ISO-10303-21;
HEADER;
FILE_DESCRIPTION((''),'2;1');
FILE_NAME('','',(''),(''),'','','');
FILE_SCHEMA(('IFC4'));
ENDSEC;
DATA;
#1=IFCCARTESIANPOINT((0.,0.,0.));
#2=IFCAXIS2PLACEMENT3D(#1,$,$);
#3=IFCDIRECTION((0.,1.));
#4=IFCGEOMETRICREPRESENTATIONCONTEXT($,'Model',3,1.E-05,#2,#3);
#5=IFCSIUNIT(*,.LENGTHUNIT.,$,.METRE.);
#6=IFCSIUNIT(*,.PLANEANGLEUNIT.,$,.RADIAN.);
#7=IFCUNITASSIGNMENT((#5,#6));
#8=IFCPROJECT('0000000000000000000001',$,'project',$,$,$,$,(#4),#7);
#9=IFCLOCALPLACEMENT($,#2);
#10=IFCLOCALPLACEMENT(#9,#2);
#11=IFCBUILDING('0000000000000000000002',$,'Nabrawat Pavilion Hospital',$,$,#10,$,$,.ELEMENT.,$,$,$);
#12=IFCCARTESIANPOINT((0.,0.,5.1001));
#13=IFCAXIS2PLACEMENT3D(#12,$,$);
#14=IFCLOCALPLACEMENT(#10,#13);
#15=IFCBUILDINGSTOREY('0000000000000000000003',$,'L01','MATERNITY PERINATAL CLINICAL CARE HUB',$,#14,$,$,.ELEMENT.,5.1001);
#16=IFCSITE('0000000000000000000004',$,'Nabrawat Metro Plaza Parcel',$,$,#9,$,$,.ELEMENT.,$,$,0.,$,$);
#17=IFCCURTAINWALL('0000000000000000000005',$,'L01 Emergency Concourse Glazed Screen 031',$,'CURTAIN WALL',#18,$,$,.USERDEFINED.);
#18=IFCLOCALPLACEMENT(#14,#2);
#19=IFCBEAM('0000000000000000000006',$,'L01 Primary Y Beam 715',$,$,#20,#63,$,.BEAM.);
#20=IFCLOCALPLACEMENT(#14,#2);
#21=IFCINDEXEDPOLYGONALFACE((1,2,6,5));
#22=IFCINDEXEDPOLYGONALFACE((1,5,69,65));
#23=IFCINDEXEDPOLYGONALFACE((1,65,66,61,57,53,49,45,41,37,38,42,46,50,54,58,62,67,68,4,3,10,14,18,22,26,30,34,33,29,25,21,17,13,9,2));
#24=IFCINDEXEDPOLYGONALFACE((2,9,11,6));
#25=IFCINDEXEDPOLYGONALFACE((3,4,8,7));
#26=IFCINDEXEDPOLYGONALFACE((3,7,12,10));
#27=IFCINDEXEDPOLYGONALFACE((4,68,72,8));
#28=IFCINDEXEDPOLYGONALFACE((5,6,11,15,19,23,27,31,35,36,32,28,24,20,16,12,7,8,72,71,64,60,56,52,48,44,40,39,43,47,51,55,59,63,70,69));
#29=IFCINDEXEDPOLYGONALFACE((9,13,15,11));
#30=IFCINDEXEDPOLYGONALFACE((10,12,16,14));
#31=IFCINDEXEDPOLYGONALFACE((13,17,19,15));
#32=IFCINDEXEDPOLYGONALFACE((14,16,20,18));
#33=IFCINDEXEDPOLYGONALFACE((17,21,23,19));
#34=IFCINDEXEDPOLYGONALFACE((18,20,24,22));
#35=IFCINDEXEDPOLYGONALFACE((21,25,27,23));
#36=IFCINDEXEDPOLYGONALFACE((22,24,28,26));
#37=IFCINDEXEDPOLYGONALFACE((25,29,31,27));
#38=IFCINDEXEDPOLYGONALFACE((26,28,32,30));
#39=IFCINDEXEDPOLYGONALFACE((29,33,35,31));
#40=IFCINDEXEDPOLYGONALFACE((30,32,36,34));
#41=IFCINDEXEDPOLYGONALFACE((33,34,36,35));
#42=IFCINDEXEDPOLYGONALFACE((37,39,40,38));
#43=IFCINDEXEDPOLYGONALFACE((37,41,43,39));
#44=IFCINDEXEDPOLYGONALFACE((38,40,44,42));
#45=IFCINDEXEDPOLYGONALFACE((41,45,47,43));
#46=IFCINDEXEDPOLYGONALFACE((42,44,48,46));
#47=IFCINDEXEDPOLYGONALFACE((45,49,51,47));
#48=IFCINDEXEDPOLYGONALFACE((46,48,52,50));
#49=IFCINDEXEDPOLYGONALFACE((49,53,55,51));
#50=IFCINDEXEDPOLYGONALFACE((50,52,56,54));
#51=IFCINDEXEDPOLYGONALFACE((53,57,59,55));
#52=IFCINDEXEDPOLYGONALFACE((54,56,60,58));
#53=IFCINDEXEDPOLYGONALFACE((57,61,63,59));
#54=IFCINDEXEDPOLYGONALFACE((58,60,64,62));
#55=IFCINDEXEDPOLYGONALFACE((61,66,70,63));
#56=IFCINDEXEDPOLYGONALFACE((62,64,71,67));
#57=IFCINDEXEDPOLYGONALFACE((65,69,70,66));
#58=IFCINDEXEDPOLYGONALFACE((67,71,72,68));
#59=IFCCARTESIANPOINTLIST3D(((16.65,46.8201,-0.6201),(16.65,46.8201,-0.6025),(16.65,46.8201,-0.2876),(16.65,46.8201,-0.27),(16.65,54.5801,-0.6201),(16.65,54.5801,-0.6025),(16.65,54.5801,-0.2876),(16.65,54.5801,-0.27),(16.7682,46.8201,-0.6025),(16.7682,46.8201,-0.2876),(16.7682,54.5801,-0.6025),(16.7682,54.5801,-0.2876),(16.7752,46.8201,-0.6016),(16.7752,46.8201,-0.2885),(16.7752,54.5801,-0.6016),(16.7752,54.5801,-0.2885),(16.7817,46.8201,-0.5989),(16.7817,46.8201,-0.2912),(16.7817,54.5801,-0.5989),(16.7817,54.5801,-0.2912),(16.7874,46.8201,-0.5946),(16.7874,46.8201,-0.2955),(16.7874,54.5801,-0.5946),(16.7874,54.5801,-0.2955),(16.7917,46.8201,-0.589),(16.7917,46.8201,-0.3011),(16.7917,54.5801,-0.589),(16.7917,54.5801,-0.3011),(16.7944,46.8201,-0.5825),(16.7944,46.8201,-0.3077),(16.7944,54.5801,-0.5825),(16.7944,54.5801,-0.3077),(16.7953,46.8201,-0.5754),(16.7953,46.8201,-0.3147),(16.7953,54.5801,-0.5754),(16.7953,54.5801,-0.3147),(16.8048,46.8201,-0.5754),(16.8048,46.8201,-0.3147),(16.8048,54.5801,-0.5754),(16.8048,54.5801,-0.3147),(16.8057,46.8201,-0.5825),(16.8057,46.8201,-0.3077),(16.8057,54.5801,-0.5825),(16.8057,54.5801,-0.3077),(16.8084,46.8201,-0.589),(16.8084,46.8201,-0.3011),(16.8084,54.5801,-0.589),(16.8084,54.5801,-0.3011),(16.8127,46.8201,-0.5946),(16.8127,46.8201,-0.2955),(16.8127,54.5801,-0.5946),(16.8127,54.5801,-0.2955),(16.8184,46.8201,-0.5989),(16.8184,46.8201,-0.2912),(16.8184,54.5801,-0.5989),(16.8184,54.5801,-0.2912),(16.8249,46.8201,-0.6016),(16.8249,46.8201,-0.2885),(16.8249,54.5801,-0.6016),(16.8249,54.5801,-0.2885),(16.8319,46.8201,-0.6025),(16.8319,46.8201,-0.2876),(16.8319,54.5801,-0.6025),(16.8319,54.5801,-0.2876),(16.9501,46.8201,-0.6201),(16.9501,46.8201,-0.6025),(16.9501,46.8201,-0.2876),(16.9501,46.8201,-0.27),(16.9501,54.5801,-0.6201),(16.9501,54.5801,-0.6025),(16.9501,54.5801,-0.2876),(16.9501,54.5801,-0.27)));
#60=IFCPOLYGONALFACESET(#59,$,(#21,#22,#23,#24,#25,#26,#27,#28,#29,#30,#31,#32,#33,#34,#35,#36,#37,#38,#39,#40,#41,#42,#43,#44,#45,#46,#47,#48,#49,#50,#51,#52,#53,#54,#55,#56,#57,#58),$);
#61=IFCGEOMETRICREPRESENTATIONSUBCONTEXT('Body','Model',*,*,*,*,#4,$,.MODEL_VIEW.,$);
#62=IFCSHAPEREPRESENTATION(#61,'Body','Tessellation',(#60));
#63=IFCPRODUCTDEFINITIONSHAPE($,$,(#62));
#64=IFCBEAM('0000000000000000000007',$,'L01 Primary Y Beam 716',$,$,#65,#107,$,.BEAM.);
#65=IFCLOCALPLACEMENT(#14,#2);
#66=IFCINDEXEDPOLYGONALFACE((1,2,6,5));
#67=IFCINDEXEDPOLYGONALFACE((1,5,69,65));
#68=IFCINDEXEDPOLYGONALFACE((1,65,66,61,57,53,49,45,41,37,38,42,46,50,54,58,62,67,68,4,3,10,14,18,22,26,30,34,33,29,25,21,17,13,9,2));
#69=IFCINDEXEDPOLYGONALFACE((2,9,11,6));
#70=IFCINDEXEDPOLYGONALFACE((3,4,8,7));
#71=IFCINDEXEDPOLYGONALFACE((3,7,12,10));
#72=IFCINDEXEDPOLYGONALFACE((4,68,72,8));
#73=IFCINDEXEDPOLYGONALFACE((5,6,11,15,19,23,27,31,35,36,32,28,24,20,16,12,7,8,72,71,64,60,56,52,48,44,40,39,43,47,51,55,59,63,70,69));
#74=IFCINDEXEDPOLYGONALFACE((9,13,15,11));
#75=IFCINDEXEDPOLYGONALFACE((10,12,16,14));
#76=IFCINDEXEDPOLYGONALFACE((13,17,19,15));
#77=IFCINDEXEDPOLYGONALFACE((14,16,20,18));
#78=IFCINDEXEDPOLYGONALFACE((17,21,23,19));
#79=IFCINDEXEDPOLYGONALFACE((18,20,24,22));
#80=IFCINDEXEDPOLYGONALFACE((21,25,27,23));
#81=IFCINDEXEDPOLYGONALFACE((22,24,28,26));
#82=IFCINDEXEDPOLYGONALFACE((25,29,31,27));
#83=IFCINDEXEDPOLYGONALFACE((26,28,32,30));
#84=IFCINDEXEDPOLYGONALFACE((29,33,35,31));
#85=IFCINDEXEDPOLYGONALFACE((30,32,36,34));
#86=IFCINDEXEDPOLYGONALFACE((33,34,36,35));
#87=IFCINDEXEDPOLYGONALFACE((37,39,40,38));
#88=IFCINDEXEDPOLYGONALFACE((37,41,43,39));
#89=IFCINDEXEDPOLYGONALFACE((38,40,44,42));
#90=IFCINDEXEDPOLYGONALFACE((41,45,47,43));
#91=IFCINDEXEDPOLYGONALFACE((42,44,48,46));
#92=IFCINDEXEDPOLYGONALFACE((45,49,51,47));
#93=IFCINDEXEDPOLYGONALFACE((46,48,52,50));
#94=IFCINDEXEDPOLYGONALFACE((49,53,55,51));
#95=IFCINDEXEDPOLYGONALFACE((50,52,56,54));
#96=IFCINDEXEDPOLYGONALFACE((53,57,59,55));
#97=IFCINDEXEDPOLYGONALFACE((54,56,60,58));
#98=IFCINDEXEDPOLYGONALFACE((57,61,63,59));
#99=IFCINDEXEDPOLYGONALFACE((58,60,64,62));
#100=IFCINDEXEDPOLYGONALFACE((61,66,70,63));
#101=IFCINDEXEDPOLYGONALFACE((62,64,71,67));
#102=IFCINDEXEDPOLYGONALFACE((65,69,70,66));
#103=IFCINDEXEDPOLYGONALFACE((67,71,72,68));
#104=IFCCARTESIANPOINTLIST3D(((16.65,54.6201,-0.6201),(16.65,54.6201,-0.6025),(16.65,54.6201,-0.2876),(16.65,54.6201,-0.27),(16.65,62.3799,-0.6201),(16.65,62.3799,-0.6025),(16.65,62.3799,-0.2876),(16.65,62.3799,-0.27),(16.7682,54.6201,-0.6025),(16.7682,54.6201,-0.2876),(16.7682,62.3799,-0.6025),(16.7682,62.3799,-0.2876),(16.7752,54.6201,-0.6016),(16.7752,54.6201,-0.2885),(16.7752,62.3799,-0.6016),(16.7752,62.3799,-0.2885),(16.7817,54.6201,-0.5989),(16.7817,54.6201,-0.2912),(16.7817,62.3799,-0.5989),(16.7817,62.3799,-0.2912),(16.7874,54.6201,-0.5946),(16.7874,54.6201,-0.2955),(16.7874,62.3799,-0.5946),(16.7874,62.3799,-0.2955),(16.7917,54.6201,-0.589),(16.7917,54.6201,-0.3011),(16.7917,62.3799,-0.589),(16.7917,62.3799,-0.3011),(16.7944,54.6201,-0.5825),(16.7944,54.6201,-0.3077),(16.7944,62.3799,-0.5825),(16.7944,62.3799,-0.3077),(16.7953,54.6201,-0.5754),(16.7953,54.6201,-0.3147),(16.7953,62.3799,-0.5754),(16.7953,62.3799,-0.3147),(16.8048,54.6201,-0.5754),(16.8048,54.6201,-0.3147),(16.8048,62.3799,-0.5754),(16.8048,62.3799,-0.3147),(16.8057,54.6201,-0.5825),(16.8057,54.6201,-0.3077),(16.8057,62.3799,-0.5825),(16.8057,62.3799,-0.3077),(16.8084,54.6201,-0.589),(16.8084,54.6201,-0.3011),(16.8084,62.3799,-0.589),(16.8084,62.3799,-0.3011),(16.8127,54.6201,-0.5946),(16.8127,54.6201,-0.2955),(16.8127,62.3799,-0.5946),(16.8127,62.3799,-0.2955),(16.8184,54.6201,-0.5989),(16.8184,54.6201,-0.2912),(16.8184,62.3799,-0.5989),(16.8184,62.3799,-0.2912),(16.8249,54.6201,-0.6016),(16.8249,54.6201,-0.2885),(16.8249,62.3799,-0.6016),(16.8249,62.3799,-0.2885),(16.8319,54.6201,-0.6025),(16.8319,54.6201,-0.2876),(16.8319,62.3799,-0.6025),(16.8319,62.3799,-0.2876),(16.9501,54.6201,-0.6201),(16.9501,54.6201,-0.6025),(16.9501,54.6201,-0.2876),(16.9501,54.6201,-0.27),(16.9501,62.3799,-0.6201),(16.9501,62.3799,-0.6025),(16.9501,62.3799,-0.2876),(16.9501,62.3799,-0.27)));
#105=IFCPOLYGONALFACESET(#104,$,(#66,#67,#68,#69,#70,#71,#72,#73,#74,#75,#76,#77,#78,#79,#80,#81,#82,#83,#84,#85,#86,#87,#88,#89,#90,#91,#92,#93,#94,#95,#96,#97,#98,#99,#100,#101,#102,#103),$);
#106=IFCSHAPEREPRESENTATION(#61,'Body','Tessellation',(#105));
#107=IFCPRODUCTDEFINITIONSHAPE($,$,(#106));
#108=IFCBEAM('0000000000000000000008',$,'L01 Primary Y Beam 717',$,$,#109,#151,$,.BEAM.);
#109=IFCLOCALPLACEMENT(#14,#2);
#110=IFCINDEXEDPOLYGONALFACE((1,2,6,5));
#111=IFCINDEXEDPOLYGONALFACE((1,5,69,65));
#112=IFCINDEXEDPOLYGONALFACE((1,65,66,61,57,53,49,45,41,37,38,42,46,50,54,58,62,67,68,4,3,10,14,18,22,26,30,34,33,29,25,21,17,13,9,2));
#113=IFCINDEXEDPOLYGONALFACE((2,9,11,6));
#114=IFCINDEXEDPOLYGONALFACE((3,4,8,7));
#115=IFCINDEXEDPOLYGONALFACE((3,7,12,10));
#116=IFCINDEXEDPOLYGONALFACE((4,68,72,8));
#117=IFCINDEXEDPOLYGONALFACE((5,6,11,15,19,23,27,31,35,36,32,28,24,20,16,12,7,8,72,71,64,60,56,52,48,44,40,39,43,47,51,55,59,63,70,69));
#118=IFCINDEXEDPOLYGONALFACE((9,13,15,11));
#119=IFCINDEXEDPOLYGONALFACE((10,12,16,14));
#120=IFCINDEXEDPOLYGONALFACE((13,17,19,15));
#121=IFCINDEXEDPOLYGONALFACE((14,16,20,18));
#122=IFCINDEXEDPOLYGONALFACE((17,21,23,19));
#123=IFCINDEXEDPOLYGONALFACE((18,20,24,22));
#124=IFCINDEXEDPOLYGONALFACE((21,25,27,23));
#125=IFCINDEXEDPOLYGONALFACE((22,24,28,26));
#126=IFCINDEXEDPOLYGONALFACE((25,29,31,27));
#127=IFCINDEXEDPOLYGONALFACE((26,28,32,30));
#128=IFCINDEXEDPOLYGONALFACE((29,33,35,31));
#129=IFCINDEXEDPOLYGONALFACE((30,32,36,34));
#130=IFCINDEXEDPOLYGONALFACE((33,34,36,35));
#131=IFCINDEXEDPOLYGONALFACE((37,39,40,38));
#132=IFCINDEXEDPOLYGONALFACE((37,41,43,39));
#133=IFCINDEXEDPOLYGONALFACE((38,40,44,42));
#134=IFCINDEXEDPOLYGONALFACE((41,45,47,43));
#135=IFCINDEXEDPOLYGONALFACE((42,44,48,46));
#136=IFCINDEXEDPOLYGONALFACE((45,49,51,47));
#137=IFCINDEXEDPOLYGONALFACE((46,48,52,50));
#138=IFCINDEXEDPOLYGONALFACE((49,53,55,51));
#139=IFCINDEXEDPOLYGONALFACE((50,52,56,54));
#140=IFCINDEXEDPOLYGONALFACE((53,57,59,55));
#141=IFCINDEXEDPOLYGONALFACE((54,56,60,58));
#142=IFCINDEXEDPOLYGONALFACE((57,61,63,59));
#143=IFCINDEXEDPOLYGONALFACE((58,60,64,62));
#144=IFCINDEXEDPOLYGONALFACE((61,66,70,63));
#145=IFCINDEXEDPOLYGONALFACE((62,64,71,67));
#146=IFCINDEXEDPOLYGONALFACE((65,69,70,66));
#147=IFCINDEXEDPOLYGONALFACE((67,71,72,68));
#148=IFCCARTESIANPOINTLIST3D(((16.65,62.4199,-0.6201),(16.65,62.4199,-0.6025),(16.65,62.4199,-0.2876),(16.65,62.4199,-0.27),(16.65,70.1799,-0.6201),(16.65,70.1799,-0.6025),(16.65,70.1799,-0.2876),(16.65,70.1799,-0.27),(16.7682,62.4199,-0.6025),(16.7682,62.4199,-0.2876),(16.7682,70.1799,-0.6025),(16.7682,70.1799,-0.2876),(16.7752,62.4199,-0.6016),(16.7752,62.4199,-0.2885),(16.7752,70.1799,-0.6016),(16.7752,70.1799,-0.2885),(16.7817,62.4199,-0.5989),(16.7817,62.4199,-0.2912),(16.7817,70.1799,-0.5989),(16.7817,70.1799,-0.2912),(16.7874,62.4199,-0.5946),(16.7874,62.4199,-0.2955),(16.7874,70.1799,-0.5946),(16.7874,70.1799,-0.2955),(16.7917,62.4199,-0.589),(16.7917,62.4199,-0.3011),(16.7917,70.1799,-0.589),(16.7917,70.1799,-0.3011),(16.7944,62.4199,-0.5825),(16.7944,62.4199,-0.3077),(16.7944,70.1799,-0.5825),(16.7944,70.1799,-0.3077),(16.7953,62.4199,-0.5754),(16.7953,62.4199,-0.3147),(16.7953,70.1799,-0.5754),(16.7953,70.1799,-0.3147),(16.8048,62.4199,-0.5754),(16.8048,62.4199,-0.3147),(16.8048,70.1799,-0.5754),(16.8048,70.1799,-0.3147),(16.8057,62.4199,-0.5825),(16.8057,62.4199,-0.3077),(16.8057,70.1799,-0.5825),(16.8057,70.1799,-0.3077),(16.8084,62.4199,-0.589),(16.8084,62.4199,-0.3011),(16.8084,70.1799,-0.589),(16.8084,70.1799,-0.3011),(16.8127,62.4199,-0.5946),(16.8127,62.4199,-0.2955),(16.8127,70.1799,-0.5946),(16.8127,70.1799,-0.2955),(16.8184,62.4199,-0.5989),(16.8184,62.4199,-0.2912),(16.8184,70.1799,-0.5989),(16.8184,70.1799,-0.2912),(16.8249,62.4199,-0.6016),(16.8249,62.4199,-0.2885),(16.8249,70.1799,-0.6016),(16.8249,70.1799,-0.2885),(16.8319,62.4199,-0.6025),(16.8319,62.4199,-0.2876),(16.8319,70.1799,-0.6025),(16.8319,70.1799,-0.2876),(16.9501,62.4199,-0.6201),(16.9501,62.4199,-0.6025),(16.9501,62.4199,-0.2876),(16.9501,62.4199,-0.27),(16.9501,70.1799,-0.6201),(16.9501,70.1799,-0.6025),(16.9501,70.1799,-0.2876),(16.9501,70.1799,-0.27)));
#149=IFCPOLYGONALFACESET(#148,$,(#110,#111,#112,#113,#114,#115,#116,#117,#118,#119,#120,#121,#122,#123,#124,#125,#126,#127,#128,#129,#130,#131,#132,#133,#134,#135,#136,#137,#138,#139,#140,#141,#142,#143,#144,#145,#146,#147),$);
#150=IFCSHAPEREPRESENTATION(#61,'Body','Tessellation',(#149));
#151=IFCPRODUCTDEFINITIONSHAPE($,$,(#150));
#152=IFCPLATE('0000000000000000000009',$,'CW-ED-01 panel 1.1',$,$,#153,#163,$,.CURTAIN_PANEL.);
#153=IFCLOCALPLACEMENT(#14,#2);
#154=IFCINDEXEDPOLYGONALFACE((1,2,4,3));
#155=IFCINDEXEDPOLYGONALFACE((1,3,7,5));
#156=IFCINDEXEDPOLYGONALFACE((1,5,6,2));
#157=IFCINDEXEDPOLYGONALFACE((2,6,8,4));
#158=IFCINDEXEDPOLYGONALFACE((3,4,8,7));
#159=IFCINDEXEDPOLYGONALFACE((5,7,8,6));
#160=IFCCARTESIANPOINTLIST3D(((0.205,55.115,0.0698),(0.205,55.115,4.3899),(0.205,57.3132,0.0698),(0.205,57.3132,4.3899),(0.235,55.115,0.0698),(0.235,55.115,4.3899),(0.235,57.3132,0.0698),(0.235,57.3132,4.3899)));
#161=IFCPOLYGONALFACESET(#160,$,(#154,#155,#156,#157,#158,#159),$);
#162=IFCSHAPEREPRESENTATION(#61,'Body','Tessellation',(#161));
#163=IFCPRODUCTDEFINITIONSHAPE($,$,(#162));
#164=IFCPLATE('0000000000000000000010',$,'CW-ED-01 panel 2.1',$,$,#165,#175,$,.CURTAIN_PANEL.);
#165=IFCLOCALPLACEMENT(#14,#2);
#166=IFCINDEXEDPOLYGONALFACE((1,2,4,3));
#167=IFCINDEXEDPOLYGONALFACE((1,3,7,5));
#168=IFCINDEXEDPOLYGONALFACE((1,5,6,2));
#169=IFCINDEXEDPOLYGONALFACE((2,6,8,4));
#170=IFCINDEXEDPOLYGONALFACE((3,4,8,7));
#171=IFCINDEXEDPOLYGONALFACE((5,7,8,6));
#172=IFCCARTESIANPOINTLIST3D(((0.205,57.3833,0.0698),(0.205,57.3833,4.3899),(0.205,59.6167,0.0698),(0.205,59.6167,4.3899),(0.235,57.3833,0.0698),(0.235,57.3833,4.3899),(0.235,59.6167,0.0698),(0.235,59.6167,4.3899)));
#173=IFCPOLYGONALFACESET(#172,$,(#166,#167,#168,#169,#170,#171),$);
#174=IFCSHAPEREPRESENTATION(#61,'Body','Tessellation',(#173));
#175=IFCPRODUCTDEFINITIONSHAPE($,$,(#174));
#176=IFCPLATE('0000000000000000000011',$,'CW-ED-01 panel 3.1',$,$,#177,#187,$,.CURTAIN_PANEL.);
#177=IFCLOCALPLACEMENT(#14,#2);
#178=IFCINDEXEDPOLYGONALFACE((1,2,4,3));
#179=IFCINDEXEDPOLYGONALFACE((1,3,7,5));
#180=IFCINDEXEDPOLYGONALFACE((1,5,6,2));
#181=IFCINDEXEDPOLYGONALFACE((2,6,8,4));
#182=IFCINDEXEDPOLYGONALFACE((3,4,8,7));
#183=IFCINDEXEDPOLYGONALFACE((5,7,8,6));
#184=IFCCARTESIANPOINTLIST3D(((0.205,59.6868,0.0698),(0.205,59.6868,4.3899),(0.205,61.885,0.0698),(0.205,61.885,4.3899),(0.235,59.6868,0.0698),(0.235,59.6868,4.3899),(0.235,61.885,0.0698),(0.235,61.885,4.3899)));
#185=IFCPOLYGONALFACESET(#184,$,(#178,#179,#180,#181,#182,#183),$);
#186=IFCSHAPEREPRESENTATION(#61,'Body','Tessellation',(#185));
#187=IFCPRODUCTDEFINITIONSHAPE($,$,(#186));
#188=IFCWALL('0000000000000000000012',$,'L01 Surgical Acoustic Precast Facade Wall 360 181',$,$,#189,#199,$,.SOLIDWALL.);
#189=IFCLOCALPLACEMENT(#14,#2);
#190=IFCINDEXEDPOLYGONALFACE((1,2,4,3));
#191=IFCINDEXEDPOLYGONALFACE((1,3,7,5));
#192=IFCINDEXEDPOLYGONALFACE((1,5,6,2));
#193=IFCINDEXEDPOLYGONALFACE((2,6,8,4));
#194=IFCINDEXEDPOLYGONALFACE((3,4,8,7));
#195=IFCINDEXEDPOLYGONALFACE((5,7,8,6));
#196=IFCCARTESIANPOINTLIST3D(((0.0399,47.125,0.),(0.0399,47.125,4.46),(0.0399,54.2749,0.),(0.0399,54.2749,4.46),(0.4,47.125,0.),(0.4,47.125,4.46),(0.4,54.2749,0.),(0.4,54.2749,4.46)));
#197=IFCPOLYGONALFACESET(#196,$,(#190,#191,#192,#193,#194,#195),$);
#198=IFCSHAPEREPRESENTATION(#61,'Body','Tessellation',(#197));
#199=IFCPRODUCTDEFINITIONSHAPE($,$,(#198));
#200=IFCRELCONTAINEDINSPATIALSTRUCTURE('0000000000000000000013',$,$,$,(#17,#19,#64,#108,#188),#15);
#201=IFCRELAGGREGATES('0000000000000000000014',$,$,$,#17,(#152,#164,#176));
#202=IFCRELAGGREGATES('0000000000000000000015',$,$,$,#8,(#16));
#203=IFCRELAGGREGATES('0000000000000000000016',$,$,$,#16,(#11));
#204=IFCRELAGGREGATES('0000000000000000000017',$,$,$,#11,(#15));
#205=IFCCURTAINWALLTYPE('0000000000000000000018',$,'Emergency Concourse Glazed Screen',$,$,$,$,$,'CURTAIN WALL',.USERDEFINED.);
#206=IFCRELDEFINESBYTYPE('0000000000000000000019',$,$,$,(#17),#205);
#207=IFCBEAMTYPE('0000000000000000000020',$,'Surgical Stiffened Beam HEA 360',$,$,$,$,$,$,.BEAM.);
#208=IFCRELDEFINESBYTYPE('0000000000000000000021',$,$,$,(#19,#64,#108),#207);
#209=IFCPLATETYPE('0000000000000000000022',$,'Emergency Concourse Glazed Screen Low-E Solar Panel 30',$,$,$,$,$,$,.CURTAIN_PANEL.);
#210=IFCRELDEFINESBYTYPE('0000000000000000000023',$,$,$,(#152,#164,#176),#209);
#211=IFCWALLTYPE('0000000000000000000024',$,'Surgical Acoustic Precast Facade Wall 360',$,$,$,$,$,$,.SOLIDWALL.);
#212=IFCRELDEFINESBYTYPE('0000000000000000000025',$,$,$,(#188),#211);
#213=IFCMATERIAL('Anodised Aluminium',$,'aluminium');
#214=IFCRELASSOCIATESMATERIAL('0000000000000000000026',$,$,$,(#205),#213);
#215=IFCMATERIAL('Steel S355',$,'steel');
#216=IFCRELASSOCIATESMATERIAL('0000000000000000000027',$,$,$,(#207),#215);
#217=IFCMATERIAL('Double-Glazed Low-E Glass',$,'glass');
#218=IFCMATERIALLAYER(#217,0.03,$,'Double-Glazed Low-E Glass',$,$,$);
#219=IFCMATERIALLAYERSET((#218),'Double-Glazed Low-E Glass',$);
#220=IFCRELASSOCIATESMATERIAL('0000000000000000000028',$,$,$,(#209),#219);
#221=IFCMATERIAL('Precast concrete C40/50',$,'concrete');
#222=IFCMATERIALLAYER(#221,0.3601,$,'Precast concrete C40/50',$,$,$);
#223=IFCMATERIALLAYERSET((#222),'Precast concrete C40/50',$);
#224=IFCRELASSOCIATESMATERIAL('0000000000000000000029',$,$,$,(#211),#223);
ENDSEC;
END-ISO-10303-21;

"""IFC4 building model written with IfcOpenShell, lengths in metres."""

from ifc_helpers import new_model, si_unit, direction, frame, frame_2d, origin, origin_2d, place, context, subcontext, project, spatial, rectangle, i_section, extrude, material, layer, layer_set, material_profile, profile_set, type_object, element, aggregate, save


model = new_model("IFC4")

# Units and contexts
model_context = context("Model", 3, precision=1e-05, world=origin(), true_north=direction((0.0, 1.0)))
body_context = subcontext(model_context, "Body", "Model", "MODEL_VIEW")
ifc_project = project(units=[si_unit("LENGTHUNIT", "METRE"), si_unit("PLANEANGLEUNIT", "RADIAN")], contexts=[model_context])

# Site, building, storey
site_placement = place(None, origin())
site = spatial("IfcSite", under=ifc_project, at=site_placement, Name="Nabrawat Metro Plaza Parcel", CompositionType="ELEMENT", RefElevation=0.0)
building_placement = place(site_placement, origin())
building = spatial("IfcBuilding", under=site, at=building_placement, Name="Nabrawat Pavilion Hospital", CompositionType="ELEMENT")
storey_placement = place(building_placement, frame((0.0, 0.0, 5.1001)))
storey = spatial("IfcBuildingStorey", under=building, at=storey_placement, Name="L01", Description="MATERNITY PERINATAL CLINICAL CARE HUB", CompositionType="ELEMENT", Elevation=5.1001)

# Shared definitions
ifc_material_1 = material(Name="Steel S355", Category="steel")

# Curtain wall
ifc_material_2 = material(Name="Anodised Aluminium", Category="aluminium")
curtain_wall_type = type_object("IfcCurtainWallType", Name="Emergency Concourse Glazed Screen", ElementType="CURTAIN WALL", PredefinedType="USERDEFINED", material=ifc_material_2)
curtain_wall_placement = place(storey_placement, origin())
curtain_wall = element("IfcCurtainWall", 1, at=curtain_wall_placement, inside=storey, type_object=curtain_wall_type, Name="L01 Emergency Concourse Glazed Screen 031", ObjectType="CURTAIN WALL", PredefinedType="USERDEFINED")

# Beams
ifc_material_profile_1 = material_profile(ifc_material_1, i_section(OverallWidth=0.3, OverallDepth=0.3501, WebThickness=0.0095, FlangeThickness=0.0176, FilletRadius=0.0271, at=origin_2d()), Name="HEA 360")
ifc_profile_set_1 = profile_set([ifc_material_profile_1], Name="Steel S355")
beam_type_1 = type_object("IfcBeamType", Name="Surgical Stiffened Beam HEA 360", PredefinedType="BEAM", material=ifc_profile_set_1)
beam_1_placement = place(storey_placement, frame((16.8, 46.8201, -0.4451), z_axis=(0.0, 1.0, 0.0), x_axis=(-1.0, 0.0, 0.0)))
element("IfcBeam", 2, at=beam_1_placement, inside=storey, type_object=beam_type_1, Name="L01 Primary Y Beam 715", PredefinedType="BEAM", context=body_context, shape_type="SweptSolid", body=[
    extrude(i_section(OverallWidth=0.3, OverallDepth=0.3501, WebThickness=0.0095, FlangeThickness=0.0176, FilletRadius=0.0271, at=origin_2d()), origin(), (0.0, 0.0, 1.0), 7.76),
])
beam_2_placement = place(storey_placement, frame((16.8, 54.6201, -0.4451), z_axis=(0.0, 1.0, 0.0), x_axis=(-1.0, 0.0, 0.0)))
element("IfcBeam", 3, at=beam_2_placement, inside=storey, type_object=beam_type_1, Name="L01 Primary Y Beam 716", PredefinedType="BEAM", context=body_context, shape_type="SweptSolid", body=[
    extrude(i_section(OverallWidth=0.3, OverallDepth=0.3501, WebThickness=0.0095, FlangeThickness=0.0176, FilletRadius=0.0271, at=origin_2d()), origin(), (0.0, 0.0, 1.0), 7.7598),
])
beam_3_placement = place(storey_placement, frame((16.8, 62.4199, -0.4451), z_axis=(0.0, 1.0, 0.0), x_axis=(-1.0, 0.0, 0.0)))
element("IfcBeam", 4, at=beam_3_placement, inside=storey, type_object=beam_type_1, Name="L01 Primary Y Beam 717", PredefinedType="BEAM", context=body_context, shape_type="SweptSolid", body=[
    extrude(i_section(OverallWidth=0.3, OverallDepth=0.3501, WebThickness=0.0095, FlangeThickness=0.0176, FilletRadius=0.0271, at=origin_2d()), origin(), (0.0, 0.0, 1.0), 7.76),
])

# Plates
ifc_material_3 = material(Name="Double-Glazed Low-E Glass", Category="glass")
ifc_layer_1 = layer(ifc_material_3, 0.03, Name="Double-Glazed Low-E Glass")
ifc_layer_set_1 = layer_set([ifc_layer_1], Name="Double-Glazed Low-E Glass")
plate_type = type_object("IfcPlateType", Name="Emergency Concourse Glazed Screen Low-E Solar Panel 30", PredefinedType="CURTAIN_PANEL", material=ifc_layer_set_1)
plate_1_placement = place(storey_placement, frame((0.22, 56.2141, 0.0698), z_axis=(0.0, 0.0, 1.0), x_axis=(0.0, 1.0, 0.0)))
plate_1 = element("IfcPlate", 5, at=plate_1_placement, type_object=plate_type, Name="CW-ED-01 panel 1.1", PredefinedType="CURTAIN_PANEL", context=body_context, shape_type="SweptSolid", body=[
    extrude(rectangle(XDim=2.1982, YDim=0.03, at=origin_2d()), origin(), (0.0, 0.0, 1.0), 4.3201),
])
plate_2_placement = place(storey_placement, frame((0.22, 58.5, 0.0698), z_axis=(0.0, 0.0, 1.0), x_axis=(0.0, 1.0, 0.0)))
plate_2 = element("IfcPlate", 6, at=plate_2_placement, type_object=plate_type, Name="CW-ED-01 panel 2.1", PredefinedType="CURTAIN_PANEL", context=body_context, shape_type="SweptSolid", body=[
    extrude(rectangle(XDim=2.2334, YDim=0.03, at=origin_2d()), origin(), (0.0, 0.0, 1.0), 4.3201),
])
plate_3_placement = place(storey_placement, frame((0.22, 60.7859, 0.0698), z_axis=(0.0, 0.0, 1.0), x_axis=(0.0, 1.0, 0.0)))
plate_3 = element("IfcPlate", 7, at=plate_3_placement, type_object=plate_type, Name="CW-ED-01 panel 3.1", PredefinedType="CURTAIN_PANEL", context=body_context, shape_type="SweptSolid", body=[
    extrude(rectangle(XDim=2.1982, YDim=0.03, at=origin_2d()), origin(), (0.0, 0.0, 1.0), 4.3201),
])
aggregate(curtain_wall, [plate_1, plate_2, plate_3])

# Wall
ifc_material_4 = material(Name="Precast concrete C40/50", Category="concrete")
ifc_layer_2 = layer(ifc_material_4, 0.3601, Name="Precast concrete C40/50")
ifc_layer_set_2 = layer_set([ifc_layer_2], Name="Precast concrete C40/50")
wall_type_1 = type_object("IfcWallType", Name="Surgical Acoustic Precast Facade Wall 360", PredefinedType="SOLIDWALL", material=ifc_layer_set_2)
for number, where, z_axis, x_axis, name in (
    (8, (0.22, 47.125, 0.0), (0.0, 0.0, 1.0), (0.0, 1.0, 0.0), "L01 Surgical Acoustic Precast Facade Wall 360 181"),
):
    element("IfcWall", number, at=place(storey_placement, frame(where, z_axis=z_axis, x_axis=x_axis)), inside=storey, type_object=wall_type_1, Name=name, PredefinedType="SOLIDWALL", context=body_context, shape_type="SweptSolid", body=[
        extrude(rectangle(XDim=7.1499, YDim=0.3601, at=frame_2d((3.575, 0.0))), origin(), (0.0, 0.0, 1.0), 4.46),
    ])

save(model, "model.ifc")
